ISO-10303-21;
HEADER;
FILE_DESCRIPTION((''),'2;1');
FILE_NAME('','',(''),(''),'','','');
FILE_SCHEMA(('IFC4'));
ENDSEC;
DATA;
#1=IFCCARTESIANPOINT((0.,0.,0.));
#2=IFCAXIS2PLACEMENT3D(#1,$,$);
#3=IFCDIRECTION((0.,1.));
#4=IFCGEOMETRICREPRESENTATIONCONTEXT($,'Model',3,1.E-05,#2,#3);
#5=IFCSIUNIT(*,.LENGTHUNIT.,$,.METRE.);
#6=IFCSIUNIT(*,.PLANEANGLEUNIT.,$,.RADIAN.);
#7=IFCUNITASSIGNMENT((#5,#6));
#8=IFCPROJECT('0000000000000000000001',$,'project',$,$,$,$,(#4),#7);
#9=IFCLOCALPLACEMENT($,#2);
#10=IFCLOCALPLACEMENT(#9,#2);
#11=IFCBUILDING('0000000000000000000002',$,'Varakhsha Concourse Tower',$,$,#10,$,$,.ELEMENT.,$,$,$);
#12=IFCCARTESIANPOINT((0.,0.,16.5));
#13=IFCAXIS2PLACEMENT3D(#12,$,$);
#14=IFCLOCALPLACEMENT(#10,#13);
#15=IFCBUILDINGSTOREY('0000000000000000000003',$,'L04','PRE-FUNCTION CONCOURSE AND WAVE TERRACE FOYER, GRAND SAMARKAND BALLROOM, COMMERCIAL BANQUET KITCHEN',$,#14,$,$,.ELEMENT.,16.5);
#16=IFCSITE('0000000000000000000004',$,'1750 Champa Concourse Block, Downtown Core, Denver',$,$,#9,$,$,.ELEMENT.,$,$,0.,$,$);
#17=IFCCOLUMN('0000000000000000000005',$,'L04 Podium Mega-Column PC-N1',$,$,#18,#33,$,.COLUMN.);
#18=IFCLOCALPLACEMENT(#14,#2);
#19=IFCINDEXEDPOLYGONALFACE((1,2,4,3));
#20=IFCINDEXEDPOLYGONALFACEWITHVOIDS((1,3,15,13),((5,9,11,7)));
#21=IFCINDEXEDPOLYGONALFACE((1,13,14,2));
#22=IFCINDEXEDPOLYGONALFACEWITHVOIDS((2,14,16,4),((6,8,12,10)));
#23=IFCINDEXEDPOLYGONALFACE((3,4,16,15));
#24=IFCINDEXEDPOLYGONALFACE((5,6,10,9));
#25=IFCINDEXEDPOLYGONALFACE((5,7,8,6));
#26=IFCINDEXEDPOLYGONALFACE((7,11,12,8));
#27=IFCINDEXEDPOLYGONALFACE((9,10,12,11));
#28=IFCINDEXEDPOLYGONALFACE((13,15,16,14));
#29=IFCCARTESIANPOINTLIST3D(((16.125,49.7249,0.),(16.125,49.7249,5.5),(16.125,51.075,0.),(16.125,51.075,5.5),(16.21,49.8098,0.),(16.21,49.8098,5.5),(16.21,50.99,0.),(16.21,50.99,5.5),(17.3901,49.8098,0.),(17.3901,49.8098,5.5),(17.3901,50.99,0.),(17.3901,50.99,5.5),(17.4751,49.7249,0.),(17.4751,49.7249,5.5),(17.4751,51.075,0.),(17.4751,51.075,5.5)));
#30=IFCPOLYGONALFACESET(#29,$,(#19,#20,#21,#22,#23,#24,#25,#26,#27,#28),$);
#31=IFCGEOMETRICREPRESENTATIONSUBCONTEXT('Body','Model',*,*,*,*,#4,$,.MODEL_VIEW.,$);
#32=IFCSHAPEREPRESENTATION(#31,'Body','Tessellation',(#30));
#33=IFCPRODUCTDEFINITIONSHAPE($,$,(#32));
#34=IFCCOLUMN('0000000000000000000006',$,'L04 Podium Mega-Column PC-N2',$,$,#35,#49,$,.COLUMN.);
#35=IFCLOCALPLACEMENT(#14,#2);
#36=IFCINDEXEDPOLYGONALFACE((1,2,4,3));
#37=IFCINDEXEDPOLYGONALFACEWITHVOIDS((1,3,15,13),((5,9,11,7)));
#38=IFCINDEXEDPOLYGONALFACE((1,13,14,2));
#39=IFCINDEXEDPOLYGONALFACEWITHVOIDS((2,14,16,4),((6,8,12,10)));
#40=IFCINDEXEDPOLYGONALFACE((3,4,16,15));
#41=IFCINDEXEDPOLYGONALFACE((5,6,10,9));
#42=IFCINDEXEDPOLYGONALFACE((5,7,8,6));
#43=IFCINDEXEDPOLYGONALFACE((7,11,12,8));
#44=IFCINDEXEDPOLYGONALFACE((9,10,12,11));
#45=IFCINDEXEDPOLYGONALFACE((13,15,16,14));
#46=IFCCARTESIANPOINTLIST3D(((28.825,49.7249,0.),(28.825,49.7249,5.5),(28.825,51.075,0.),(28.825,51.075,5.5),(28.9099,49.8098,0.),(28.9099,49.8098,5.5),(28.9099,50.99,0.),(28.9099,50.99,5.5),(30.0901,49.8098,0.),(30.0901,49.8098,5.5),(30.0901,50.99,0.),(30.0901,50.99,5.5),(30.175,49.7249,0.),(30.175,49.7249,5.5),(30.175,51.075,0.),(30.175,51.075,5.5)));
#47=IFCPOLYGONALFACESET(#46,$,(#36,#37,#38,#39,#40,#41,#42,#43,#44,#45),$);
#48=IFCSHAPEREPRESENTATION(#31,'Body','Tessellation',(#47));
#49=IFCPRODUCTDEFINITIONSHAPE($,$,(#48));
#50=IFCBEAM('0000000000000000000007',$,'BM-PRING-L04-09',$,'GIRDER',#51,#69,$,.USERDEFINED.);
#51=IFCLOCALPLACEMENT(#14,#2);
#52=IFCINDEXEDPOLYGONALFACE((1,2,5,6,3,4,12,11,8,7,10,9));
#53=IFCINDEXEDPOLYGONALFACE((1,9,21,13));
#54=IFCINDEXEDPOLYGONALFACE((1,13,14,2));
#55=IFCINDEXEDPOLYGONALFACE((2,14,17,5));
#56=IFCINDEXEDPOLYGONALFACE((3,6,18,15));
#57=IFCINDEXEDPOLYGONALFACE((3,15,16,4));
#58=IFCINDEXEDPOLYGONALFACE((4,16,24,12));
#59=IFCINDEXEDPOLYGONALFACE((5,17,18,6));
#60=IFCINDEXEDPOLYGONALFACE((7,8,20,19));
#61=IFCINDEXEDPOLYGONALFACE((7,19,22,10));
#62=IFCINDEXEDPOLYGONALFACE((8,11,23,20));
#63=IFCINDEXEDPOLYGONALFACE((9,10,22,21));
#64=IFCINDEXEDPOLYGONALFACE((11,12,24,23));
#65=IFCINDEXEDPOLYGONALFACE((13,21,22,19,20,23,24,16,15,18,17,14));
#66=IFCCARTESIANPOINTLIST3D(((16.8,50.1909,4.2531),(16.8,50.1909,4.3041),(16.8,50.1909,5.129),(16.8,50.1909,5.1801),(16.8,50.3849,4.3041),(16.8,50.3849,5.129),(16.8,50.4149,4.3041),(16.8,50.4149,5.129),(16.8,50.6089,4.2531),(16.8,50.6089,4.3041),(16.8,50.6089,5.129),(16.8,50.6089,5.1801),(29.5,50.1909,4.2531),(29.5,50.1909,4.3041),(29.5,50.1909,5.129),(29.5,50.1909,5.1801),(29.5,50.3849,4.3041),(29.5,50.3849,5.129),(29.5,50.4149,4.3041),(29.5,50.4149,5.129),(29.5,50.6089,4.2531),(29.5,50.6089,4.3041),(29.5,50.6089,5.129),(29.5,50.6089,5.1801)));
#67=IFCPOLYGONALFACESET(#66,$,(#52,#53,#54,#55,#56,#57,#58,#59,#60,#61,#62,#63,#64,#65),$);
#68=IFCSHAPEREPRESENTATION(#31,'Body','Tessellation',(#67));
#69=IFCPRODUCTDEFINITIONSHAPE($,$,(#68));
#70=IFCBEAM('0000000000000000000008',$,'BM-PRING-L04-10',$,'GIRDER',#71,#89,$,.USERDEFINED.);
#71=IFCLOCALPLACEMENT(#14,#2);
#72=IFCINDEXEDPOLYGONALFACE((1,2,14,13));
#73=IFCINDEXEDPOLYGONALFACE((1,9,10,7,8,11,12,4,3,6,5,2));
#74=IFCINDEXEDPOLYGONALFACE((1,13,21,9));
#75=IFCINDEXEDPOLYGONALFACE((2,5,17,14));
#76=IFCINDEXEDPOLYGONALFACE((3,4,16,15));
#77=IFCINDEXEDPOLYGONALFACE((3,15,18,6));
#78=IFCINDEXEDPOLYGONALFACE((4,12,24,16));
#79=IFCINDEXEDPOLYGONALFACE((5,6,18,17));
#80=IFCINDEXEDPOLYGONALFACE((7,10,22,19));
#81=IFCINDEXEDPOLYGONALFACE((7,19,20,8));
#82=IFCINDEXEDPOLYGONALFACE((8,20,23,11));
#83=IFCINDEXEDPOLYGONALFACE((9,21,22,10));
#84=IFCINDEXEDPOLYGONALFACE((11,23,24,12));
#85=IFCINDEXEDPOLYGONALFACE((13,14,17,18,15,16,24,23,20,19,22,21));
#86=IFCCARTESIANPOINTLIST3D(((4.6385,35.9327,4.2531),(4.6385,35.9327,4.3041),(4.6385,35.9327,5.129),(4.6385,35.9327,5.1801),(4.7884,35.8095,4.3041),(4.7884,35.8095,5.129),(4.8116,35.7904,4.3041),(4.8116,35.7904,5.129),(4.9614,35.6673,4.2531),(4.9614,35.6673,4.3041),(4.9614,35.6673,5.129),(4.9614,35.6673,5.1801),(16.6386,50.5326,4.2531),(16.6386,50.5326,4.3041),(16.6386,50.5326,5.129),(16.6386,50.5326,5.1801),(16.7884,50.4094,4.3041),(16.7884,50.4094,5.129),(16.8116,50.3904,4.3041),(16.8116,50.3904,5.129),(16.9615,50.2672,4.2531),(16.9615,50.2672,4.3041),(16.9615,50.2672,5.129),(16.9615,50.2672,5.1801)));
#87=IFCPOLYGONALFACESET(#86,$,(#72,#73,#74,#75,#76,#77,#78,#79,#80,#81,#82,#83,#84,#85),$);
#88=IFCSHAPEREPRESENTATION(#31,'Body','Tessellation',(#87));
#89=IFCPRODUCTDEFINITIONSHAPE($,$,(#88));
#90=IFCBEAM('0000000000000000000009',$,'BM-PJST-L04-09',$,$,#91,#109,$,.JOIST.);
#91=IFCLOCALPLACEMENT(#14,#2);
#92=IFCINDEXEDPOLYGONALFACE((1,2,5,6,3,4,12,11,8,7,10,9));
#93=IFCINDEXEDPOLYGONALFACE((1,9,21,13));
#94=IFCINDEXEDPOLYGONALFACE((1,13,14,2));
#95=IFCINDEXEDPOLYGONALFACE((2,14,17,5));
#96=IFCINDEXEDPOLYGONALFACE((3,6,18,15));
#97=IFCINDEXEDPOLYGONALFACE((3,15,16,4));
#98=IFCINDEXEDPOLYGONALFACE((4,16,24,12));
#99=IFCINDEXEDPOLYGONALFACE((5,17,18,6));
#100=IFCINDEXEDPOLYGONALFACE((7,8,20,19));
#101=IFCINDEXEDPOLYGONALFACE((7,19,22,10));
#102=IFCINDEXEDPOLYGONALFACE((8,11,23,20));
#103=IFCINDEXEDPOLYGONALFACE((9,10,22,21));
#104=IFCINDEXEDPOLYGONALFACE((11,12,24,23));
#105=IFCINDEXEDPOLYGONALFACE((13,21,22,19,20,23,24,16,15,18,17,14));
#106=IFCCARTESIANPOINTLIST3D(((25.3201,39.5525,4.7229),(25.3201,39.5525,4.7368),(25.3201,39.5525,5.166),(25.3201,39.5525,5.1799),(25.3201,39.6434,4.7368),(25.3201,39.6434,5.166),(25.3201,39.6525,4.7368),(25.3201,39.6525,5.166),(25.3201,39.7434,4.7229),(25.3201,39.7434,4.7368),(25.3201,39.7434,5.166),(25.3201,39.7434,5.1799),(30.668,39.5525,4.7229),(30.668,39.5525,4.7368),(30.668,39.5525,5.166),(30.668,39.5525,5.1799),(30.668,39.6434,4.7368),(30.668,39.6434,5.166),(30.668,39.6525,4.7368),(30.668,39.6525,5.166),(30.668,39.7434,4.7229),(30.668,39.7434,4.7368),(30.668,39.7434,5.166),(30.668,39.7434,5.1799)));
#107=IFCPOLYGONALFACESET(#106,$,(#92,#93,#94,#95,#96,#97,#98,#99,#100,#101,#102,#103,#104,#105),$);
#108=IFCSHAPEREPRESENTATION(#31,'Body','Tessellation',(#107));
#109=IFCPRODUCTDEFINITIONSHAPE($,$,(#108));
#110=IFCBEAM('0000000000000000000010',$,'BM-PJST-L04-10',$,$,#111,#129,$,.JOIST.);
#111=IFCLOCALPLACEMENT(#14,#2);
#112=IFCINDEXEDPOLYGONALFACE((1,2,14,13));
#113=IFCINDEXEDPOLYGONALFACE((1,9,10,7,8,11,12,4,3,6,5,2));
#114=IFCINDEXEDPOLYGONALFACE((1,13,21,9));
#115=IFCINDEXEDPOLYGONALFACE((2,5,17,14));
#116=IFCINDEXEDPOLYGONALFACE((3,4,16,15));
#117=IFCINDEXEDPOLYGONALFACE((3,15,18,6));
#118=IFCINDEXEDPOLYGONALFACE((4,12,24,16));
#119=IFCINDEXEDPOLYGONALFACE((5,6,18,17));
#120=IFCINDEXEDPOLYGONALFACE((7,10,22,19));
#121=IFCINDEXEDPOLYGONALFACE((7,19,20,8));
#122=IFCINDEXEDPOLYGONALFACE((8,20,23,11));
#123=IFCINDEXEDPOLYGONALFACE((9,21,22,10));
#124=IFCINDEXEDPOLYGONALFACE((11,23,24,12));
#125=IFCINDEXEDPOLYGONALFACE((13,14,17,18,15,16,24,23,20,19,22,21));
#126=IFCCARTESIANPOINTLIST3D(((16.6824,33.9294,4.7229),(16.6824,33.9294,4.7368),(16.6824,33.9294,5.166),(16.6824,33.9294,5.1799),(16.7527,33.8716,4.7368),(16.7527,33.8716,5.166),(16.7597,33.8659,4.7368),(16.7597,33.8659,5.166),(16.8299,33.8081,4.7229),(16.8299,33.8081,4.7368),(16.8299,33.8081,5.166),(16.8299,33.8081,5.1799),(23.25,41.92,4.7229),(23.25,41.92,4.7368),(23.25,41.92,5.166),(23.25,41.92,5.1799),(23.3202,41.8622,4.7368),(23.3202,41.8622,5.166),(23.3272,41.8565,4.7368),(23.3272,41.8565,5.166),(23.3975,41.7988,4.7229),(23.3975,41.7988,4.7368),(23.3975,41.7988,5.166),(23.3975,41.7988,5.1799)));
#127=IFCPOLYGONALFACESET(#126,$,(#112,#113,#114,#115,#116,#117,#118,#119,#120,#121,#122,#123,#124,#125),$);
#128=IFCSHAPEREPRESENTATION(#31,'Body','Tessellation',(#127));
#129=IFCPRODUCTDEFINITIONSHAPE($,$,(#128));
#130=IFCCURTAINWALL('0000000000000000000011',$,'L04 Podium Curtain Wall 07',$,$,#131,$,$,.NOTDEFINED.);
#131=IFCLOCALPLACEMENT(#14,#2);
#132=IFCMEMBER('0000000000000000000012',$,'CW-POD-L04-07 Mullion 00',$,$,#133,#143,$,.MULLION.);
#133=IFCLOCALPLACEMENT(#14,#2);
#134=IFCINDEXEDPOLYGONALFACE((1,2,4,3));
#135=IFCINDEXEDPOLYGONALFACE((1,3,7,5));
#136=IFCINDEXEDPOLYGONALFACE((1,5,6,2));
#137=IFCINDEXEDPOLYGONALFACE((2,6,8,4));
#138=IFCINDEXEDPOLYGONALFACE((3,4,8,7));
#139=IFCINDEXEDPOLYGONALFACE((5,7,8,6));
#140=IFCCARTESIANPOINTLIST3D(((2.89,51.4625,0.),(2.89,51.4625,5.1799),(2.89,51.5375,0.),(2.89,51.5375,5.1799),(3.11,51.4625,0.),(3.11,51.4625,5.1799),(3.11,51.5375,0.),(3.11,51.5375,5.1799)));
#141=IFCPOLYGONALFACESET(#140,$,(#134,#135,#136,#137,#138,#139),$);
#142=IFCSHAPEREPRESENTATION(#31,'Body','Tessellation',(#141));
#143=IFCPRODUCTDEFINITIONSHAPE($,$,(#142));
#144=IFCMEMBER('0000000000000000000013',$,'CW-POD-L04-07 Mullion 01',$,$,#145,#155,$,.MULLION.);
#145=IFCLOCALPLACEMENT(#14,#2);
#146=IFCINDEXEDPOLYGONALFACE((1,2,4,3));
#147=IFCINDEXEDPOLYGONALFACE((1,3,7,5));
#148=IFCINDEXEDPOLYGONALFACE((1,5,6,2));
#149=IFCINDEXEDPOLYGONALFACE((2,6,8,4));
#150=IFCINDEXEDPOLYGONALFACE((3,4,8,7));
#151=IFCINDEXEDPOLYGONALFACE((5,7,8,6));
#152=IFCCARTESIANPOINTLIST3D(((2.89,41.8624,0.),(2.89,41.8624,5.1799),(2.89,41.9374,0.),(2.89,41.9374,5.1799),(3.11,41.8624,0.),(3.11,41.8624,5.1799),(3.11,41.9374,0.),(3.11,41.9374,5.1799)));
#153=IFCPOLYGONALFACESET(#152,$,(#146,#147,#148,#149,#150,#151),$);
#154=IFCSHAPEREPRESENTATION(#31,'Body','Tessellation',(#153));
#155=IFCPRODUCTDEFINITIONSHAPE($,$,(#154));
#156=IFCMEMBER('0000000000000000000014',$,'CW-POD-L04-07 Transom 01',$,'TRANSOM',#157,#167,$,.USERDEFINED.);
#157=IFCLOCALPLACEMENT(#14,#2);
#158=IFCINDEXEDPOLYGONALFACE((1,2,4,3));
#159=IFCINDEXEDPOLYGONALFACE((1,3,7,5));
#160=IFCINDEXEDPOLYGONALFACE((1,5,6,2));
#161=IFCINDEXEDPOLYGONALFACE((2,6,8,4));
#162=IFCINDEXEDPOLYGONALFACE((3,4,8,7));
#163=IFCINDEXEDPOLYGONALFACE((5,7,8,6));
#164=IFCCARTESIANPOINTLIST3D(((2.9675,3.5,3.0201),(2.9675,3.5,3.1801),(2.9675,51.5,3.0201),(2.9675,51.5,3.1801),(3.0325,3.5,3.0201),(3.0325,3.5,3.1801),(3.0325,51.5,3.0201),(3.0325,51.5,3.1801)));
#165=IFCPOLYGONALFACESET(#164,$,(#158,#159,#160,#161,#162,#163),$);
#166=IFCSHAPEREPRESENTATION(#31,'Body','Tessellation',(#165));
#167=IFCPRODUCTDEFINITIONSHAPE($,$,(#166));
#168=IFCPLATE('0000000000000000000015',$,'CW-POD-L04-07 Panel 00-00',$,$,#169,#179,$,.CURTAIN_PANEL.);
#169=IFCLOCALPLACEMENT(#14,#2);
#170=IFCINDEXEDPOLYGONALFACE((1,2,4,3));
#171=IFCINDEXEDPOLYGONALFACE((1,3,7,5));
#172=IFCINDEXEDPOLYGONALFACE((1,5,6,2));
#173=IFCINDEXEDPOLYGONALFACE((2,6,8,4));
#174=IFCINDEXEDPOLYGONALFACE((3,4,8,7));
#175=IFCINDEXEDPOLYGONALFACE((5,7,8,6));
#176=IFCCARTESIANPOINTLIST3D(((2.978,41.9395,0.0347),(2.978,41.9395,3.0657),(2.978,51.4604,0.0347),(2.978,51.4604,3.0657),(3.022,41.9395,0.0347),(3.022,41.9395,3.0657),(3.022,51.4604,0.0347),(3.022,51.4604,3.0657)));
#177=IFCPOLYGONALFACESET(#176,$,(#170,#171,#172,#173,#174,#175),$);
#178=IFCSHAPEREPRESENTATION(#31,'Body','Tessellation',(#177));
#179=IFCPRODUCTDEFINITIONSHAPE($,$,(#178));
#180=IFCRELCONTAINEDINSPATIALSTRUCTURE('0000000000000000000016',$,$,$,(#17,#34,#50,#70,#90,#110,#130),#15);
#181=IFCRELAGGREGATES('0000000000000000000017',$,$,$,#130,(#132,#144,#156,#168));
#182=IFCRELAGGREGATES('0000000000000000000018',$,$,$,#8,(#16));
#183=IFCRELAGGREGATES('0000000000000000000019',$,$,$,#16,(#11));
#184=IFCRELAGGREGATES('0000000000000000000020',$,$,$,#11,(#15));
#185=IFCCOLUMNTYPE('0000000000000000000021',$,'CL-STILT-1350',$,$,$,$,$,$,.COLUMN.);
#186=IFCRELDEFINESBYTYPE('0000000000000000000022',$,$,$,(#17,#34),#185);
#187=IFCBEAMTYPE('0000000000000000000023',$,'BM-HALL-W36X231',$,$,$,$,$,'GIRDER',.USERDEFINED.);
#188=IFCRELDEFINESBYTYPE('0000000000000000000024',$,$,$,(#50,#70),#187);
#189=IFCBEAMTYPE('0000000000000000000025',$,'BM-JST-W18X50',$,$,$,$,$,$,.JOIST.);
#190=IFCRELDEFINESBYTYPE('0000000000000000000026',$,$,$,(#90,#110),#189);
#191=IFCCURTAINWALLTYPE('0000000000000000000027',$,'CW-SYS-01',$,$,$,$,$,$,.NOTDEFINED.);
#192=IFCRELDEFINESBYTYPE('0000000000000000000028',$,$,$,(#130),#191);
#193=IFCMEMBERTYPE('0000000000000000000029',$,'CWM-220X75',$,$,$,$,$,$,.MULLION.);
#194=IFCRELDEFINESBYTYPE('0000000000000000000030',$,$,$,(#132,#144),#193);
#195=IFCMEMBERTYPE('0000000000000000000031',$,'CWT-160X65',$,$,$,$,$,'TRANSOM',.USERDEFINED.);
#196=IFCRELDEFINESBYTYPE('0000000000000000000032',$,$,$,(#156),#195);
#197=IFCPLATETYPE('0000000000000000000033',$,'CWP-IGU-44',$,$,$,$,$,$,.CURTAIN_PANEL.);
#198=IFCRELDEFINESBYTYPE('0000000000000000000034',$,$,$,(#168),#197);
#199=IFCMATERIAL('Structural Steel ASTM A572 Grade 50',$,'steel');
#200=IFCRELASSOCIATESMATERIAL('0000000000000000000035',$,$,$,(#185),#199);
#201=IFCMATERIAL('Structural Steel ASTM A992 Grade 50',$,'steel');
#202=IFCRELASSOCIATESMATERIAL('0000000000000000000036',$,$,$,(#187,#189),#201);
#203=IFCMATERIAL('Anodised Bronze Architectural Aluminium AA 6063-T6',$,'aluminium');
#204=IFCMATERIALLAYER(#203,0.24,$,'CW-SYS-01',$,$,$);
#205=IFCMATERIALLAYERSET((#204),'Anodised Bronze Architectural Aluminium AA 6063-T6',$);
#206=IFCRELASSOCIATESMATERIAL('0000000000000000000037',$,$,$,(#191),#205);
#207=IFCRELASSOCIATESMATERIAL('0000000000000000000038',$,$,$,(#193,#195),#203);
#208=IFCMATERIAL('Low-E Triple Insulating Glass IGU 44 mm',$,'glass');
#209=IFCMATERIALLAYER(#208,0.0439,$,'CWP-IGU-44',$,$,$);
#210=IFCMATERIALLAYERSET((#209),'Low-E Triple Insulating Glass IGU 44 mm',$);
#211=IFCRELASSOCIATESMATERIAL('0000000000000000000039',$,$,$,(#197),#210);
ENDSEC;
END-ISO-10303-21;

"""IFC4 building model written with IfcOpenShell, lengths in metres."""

from ifc_helpers import new_model, si_unit, direction, frame, origin, origin_2d, place, context, subcontext, project, spatial, rectangle, hollow_rectangle, i_section, extrude, source, transform, mapped, material, layer, layer_set, material_profile, profile_set, type_object, type_shapes, element, aggregate, save


model = new_model("IFC4")

# Units and contexts
model_context = context("Model", 3, precision=1e-05, world=origin(), true_north=direction((0.0, 1.0)))
body_context = subcontext(model_context, "Body", "Model", "MODEL_VIEW")
ifc_project = project(units=[si_unit("LENGTHUNIT", "METRE"), si_unit("PLANEANGLEUNIT", "RADIAN")], contexts=[model_context])

# Site, building, storey
site_placement = place(None, origin())
site = spatial("IfcSite", under=ifc_project, at=site_placement, Name="1750 Champa Concourse Block, Downtown Core, Denver", CompositionType="ELEMENT", RefElevation=0.0)
building_placement = place(site_placement, origin())
building = spatial("IfcBuilding", under=site, at=building_placement, Name="Varakhsha Concourse Tower", CompositionType="ELEMENT")
storey_placement = place(building_placement, frame((0.0, 0.0, 16.5)))
storey = spatial("IfcBuildingStorey", under=building, at=storey_placement, Name="L04", Description="PRE-FUNCTION CONCOURSE AND WAVE TERRACE FOYER, GRAND SAMARKAND BALLROOM, COMMERCIAL BANQUET KITCHEN", CompositionType="ELEMENT", Elevation=16.5)

# Columns
ifc_material_1 = material(Name="Structural Steel ASTM A572 Grade 50", Category="steel")
ifc_material_profile_1 = material_profile(ifc_material_1, hollow_rectangle(XDim=1.3501, YDim=1.3501, WallThickness=0.085, at=origin_2d()), Name="BOX 1350x1350x85")
ifc_profile_set_1 = profile_set([ifc_material_profile_1], Name="Structural Steel ASTM A572 Grade 50")
column_type = type_object("IfcColumnType", Name="CL-STILT-1350", PredefinedType="COLUMN", material=ifc_profile_set_1)
for number, where, z_axis, x_axis, name in (
    (1, (16.8, 50.3999, 0.0), (0.0, 0.0, 1.0), (1.0, 0.0, 0.0), "L04 Podium Mega-Column PC-N1"),
    (2, (29.5, 50.3999, 0.0), (0.0, 0.0, 1.0), (1.0, 0.0, 0.0), "L04 Podium Mega-Column PC-N2"),
):
    element("IfcColumn", number, at=place(storey_placement, frame(where, z_axis=z_axis, x_axis=x_axis)), inside=storey, type_object=column_type, Name=name, PredefinedType="COLUMN", context=body_context, shape_type="SweptSolid", body=[
        extrude(hollow_rectangle(XDim=1.3501, YDim=1.3501, WallThickness=0.085, at=origin_2d()), origin(), (0.0, 0.0, 1.0), 5.5),
    ])

# Beams
ifc_material_2 = material(Name="Structural Steel ASTM A992 Grade 50", Category="steel")
ifc_material_profile_2 = material_profile(ifc_material_2, i_section(OverallWidth=0.418, OverallDepth=0.927, WebThickness=0.03, FlangeThickness=0.051, at=origin_2d()), Name="W36X231")
ifc_profile_set_2 = profile_set([ifc_material_profile_2], Name="Structural Steel ASTM A992 Grade 50")
beam_type_1 = type_object("IfcBeamType", Name="BM-HALL-W36X231", ElementType="GIRDER", PredefinedType="USERDEFINED", material=ifc_profile_set_2)
beam_1_placement = place(storey_placement, frame((29.5, 50.3999, 4.7166), z_axis=(-1.0, 0.0, 0.0), x_axis=(0.0, -1.0, 0.0)))
element("IfcBeam", 3, at=beam_1_placement, inside=storey, type_object=beam_type_1, Name="BM-PRING-L04-09", ObjectType="GIRDER", PredefinedType="USERDEFINED", context=body_context, shape_type="SweptSolid", body=[
    extrude(i_section(OverallWidth=0.418, OverallDepth=0.927, WebThickness=0.03, FlangeThickness=0.051, at=origin_2d()), origin(), (0.0, 0.0, 1.0), 12.7),
])
beam_2_placement = place(storey_placement, frame((16.8, 50.3999, 4.7166), z_axis=(-0.634969, -0.772538, 0.0), x_axis=(0.772538, -0.634969, 0.0)))
element("IfcBeam", 4, at=beam_2_placement, inside=storey, type_object=beam_type_1, Name="BM-PRING-L04-10", ObjectType="GIRDER", PredefinedType="USERDEFINED", context=body_context, shape_type="SweptSolid", body=[
    extrude(i_section(OverallWidth=0.418, OverallDepth=0.927, WebThickness=0.03, FlangeThickness=0.051, at=origin_2d()), origin(), (0.0, 0.0, 1.0), 18.8987),
])
ifc_material_profile_3 = material_profile(ifc_material_2, i_section(OverallWidth=0.1909, OverallDepth=0.457, WebThickness=0.009, FlangeThickness=0.0139, at=origin_2d()), Name="W18X50")
ifc_profile_set_3 = profile_set([ifc_material_profile_3], Name="Structural Steel ASTM A992 Grade 50")
beam_type_2 = type_object("IfcBeamType", Name="BM-JST-W18X50", PredefinedType="JOIST", material=ifc_profile_set_3)
beam_3_placement = place(storey_placement, frame((30.668, 39.6479, 4.9514), z_axis=(-1.0, 0.0, 0.0), x_axis=(0.0, -1.0, 0.0)))
element("IfcBeam", 5, at=beam_3_placement, inside=storey, type_object=beam_type_2, Name="BM-PJST-L04-09", PredefinedType="JOIST", context=body_context, shape_type="SweptSolid", body=[
    extrude(i_section(OverallWidth=0.1909, OverallDepth=0.457, WebThickness=0.009, FlangeThickness=0.0139, at=origin_2d()), origin(), (0.0, 0.0, 1.0), 5.3479),
])
beam_4_placement = place(storey_placement, frame((23.3237, 41.8594, 4.9514), z_axis=(-0.63496, -0.772545, 0.0), x_axis=(0.772545, -0.63496, 0.0)))
element("IfcBeam", 6, at=beam_4_placement, inside=storey, type_object=beam_type_2, Name="BM-PJST-L04-10", PredefinedType="JOIST", context=body_context, shape_type="SweptSolid", body=[
    extrude(i_section(OverallWidth=0.1909, OverallDepth=0.457, WebThickness=0.009, FlangeThickness=0.0139, at=origin_2d()), origin(), (0.0, 0.0, 1.0), 10.3433),
])

# Curtain wall, members, plate
ifc_material_3 = material(Name="Anodised Bronze Architectural Aluminium AA 6063-T6", Category="aluminium")
ifc_layer_1 = layer(ifc_material_3, 0.24, Name="CW-SYS-01")
ifc_layer_set_1 = layer_set([ifc_layer_1], Name="Anodised Bronze Architectural Aluminium AA 6063-T6")
curtain_wall_type = type_object("IfcCurtainWallType", Name="CW-SYS-01", PredefinedType="NOTDEFINED", material=ifc_layer_set_1)
curtain_wall_placement = place(storey_placement, origin())
curtain_wall = element("IfcCurtainWall", 7, at=curtain_wall_placement, inside=storey, type_object=curtain_wall_type, Name="L04 Podium Curtain Wall 07", PredefinedType="NOTDEFINED")
ifc_material_profile_4 = material_profile(ifc_material_3, rectangle(XDim=0.075, YDim=0.22, at=origin_2d()), Name="CWM-220X75")
ifc_profile_set_4 = profile_set([ifc_material_profile_4], Name="Anodised Bronze Architectural Aluminium AA 6063-T6")
member_type_1 = type_object("IfcMemberType", Name="CWM-220X75", PredefinedType="MULLION", material=ifc_profile_set_4)
shared_shape_1 = source(origin(), body_context, "Body", "SweptSolid", [
    extrude(rectangle(XDim=0.075, YDim=0.22, at=origin_2d()), origin(), (0.0, 0.0, 1.0), 5.1799),
])
type_shapes(member_type_1, [shared_shape_1])
member_1_placement = place(storey_placement, frame((3.0, 51.5, 0.0), z_axis=(0.0, 0.0, 1.0), x_axis=(0.0, -1.0, 0.0)))
member_1 = element("IfcMember", 8, at=member_1_placement, type_object=member_type_1, Name="CW-POD-L04-07 Mullion 00", PredefinedType="MULLION", context=body_context, shape_type="MappedRepresentation", body=[
    mapped(shared_shape_1, transform((0.0, 0.0, 0.0), scale=1.0)),
])
member_2_placement = place(storey_placement, frame((3.0, 41.8999, 0.0), z_axis=(0.0, 0.0, 1.0), x_axis=(0.0, -1.0, 0.0)))
member_2 = element("IfcMember", 9, at=member_2_placement, type_object=member_type_1, Name="CW-POD-L04-07 Mullion 01", PredefinedType="MULLION", context=body_context, shape_type="MappedRepresentation", body=[
    mapped(shared_shape_1, transform((0.0, 0.0, 0.0), scale=1.0)),
])
ifc_material_profile_5 = material_profile(ifc_material_3, rectangle(XDim=0.0649, YDim=0.1599, at=origin_2d()), Name="CWT-160X65")
ifc_profile_set_5 = profile_set([ifc_material_profile_5], Name="Anodised Bronze Architectural Aluminium AA 6063-T6")
member_type_2 = type_object("IfcMemberType", Name="CWT-160X65", ElementType="TRANSOM", PredefinedType="USERDEFINED", material=ifc_profile_set_5)
shared_shape_2 = source(origin(), body_context, "Body", "SweptSolid", [
    extrude(rectangle(XDim=0.0649, YDim=0.1599, at=origin_2d()), origin(), (0.0, 0.0, 1.0), 48.0),
])
type_shapes(member_type_2, [shared_shape_2])
member_3_placement = place(storey_placement, frame((3.0, 51.5, 3.1001), z_axis=(0.0, -1.0, 0.0), x_axis=(1.0, 0.0, 0.0)))
member_3 = element("IfcMember", 10, at=member_3_placement, type_object=member_type_2, Name="CW-POD-L04-07 Transom 01", ObjectType="TRANSOM", PredefinedType="USERDEFINED", context=body_context, shape_type="MappedRepresentation", body=[
    mapped(shared_shape_2, transform((0.0, 0.0, 0.0), scale=1.0)),
])
ifc_material_4 = material(Name="Low-E Triple Insulating Glass IGU 44 mm", Category="glass")
ifc_layer_2 = layer(ifc_material_4, 0.0439, Name="CWP-IGU-44")
ifc_layer_set_2 = layer_set([ifc_layer_2], Name="Low-E Triple Insulating Glass IGU 44 mm")
plate_type_1 = type_object("IfcPlateType", Name="CWP-IGU-44", PredefinedType="CURTAIN_PANEL", material=ifc_layer_set_2)
shared_shape_3 = source(origin(), body_context, "Body", "SweptSolid", [
    extrude(rectangle(XDim=9.521, YDim=0.0439, at=origin_2d()), origin(), (0.0, 0.0, 1.0), 3.031),
])
type_shapes(plate_type_1, [shared_shape_3])
plate_1_placement = place(storey_placement, frame((3.0, 46.7, 0.0347), z_axis=(0.0, 0.0, 1.0), x_axis=(0.0, -1.0, 0.0)))
plate_1 = element("IfcPlate", 11, at=plate_1_placement, type_object=plate_type_1, Name="CW-POD-L04-07 Panel 00-00", PredefinedType="CURTAIN_PANEL", context=body_context, shape_type="MappedRepresentation", body=[
    mapped(shared_shape_3, transform((0.0, 0.0, 0.0), scale=1.0)),
])
aggregate(curtain_wall, [member_1, member_2, member_3, plate_1])

save(model, "model.ifc")
